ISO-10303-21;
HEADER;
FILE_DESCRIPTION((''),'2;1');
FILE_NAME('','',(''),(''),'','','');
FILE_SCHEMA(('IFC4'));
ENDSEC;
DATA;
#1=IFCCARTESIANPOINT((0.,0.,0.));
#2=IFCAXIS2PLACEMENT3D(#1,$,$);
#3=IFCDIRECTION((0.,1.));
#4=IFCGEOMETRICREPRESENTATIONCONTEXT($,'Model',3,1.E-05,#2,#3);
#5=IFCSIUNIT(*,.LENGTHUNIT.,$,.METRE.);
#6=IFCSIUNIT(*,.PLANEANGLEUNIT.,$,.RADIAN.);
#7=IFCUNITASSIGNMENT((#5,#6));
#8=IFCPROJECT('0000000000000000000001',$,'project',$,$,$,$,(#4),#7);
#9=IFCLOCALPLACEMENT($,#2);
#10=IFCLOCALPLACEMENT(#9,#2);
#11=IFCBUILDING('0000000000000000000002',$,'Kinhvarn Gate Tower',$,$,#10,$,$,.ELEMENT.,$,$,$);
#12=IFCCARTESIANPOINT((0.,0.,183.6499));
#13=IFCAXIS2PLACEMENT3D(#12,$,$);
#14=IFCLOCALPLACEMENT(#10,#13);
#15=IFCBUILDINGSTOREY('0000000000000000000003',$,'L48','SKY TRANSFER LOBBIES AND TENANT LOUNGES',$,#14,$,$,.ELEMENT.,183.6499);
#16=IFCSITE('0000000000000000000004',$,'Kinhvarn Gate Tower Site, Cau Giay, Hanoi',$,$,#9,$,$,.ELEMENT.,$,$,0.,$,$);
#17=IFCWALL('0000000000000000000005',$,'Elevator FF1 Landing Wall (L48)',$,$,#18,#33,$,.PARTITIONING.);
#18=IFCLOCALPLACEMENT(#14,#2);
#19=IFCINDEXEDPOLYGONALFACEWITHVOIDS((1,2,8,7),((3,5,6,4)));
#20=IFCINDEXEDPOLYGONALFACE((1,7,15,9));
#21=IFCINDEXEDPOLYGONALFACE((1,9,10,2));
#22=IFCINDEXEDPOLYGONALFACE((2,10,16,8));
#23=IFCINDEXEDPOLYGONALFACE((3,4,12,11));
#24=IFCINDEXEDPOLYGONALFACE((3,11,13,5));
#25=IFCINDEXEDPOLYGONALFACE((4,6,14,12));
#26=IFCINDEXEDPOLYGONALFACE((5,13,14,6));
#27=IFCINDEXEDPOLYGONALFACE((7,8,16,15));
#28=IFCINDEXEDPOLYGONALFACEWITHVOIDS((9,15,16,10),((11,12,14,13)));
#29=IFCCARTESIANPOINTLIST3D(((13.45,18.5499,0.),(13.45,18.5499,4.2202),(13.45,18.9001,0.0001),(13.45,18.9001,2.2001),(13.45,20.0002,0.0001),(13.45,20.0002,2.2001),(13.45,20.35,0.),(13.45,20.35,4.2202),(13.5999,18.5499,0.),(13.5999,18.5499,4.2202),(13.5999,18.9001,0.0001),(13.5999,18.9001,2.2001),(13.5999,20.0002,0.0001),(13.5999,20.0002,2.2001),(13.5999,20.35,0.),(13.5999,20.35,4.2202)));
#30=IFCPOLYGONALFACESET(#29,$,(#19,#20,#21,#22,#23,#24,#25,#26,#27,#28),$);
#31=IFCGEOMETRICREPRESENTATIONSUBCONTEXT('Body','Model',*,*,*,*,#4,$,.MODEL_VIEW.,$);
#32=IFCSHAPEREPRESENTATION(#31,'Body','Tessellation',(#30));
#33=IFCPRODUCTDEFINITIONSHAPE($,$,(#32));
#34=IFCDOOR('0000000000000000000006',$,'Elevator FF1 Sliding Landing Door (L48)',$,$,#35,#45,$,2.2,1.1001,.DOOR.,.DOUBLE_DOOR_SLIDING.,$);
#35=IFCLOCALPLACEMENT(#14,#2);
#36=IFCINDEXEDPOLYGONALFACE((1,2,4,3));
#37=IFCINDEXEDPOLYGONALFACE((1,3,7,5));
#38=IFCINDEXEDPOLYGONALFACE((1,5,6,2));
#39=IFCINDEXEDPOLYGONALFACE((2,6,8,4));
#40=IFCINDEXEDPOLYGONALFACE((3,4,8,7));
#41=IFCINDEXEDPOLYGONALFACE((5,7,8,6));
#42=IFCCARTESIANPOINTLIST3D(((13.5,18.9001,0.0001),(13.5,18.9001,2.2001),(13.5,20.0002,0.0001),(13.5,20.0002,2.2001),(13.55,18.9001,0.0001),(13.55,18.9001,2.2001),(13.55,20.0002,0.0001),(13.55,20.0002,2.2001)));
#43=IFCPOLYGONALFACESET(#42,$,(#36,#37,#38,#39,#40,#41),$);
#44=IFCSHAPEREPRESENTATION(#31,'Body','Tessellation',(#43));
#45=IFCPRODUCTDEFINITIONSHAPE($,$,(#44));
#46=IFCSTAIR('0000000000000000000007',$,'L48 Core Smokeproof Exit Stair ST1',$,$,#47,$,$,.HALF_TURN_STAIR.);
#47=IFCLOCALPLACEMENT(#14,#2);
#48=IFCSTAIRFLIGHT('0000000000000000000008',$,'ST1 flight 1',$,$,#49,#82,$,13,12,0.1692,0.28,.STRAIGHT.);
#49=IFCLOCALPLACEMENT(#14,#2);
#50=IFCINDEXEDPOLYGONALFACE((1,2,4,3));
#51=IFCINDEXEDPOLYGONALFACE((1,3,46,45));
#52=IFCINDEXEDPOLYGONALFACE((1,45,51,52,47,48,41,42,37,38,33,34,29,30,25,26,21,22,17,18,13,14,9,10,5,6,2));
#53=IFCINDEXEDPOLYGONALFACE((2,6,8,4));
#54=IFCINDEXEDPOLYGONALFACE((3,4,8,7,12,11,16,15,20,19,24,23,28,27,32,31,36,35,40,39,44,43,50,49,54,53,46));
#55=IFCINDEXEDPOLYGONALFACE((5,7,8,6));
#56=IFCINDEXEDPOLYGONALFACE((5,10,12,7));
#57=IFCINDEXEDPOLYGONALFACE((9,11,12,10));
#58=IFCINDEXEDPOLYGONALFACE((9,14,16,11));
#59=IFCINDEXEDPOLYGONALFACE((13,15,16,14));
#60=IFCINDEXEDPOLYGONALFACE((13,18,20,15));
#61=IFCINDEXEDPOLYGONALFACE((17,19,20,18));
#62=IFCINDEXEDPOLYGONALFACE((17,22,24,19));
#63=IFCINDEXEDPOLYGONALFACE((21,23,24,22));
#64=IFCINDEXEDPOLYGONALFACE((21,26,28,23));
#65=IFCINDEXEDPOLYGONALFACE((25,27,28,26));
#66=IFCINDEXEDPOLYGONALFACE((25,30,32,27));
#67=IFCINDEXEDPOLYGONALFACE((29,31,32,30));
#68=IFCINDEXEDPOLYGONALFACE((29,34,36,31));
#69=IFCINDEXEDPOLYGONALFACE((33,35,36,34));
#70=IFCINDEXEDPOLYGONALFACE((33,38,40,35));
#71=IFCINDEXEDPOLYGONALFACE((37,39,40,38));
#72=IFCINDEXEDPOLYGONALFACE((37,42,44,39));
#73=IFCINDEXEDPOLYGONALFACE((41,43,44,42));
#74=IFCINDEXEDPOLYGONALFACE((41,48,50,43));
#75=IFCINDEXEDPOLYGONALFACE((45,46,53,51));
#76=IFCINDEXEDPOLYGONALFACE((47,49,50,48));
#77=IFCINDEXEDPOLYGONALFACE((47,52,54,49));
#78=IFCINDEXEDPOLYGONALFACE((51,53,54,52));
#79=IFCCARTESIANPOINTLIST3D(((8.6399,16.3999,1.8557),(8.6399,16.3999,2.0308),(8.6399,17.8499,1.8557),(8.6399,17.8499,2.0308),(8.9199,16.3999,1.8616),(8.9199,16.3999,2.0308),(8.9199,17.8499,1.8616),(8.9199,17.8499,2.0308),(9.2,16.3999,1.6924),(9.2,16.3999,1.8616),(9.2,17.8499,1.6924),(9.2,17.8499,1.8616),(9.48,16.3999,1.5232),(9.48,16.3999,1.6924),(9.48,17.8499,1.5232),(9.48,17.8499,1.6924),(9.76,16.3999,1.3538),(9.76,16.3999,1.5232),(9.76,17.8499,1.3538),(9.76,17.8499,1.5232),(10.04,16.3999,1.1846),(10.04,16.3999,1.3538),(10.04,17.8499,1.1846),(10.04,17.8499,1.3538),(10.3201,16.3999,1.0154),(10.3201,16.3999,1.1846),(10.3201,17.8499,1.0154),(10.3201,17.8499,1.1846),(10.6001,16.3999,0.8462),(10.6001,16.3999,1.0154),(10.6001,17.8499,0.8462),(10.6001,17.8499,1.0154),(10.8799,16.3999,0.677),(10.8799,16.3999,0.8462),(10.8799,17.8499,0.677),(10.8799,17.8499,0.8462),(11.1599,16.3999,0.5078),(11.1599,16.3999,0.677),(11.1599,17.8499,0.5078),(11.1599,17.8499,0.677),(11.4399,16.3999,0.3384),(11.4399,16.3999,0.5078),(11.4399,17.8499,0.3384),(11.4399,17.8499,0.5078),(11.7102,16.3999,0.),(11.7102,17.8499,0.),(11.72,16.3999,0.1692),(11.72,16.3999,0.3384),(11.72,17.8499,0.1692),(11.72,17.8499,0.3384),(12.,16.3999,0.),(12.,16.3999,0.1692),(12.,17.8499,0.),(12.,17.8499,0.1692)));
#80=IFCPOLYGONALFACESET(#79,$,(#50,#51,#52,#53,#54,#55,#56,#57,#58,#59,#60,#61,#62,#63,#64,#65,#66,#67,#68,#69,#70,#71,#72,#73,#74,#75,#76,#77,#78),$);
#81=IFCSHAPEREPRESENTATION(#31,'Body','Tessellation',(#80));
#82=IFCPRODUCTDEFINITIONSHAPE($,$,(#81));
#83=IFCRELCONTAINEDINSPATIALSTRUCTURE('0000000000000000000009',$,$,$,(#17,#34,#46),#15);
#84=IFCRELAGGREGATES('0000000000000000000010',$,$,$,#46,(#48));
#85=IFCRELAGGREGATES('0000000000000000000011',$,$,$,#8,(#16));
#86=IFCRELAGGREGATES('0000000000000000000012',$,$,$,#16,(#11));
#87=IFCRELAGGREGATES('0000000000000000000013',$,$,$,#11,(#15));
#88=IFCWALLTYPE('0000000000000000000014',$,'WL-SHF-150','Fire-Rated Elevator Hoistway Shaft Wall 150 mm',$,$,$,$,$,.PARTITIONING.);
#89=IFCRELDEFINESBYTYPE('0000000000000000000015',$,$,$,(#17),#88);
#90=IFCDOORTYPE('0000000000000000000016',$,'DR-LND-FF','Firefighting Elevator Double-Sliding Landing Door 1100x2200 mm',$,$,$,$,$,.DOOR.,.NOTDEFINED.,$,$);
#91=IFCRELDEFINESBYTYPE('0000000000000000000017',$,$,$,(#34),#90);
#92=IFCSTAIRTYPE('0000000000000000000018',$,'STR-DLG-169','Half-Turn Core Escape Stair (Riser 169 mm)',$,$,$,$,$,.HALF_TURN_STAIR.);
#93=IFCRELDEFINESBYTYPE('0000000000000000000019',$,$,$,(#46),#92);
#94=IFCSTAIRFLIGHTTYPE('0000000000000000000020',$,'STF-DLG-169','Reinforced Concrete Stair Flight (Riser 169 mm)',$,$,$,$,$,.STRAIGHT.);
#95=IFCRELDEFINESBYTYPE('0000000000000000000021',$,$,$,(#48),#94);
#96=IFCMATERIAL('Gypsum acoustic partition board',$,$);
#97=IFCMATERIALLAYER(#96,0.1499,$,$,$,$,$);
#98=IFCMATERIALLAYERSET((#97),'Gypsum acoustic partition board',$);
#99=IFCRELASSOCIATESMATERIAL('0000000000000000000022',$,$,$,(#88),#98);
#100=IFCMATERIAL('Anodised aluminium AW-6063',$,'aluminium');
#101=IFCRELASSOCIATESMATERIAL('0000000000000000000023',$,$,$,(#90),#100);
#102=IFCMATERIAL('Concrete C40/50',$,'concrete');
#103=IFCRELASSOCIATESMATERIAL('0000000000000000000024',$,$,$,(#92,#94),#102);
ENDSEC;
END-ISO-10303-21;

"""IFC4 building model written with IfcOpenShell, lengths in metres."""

from ifc_helpers import new_model, si_unit, direction, frame, frame_2d, origin, place, context, subcontext, project, spatial, polyline, rectangle, outline, extrude, material, layer, layer_set, type_object, element, fill, aggregate, save


model = new_model("IFC4")

# Units and contexts
model_context = context("Model", 3, precision=1e-05, world=origin(), true_north=direction((0.0, 1.0)))
body_context = subcontext(model_context, "Body", "Model", "MODEL_VIEW")
ifc_project = project(units=[si_unit("LENGTHUNIT", "METRE"), si_unit("PLANEANGLEUNIT", "RADIAN")], contexts=[model_context])

# Site, building, storey
site_placement = place(None, origin())
site = spatial("IfcSite", under=ifc_project, at=site_placement, Name="Kinhvarn Gate Tower Site, Cau Giay, Hanoi", CompositionType="ELEMENT", RefElevation=0.0)
building_placement = place(site_placement, origin())
building = spatial("IfcBuilding", under=site, at=building_placement, Name="Kinhvarn Gate Tower", CompositionType="ELEMENT")
storey_placement = place(building_placement, frame((0.0, 0.0, 183.6499)))
storey = spatial("IfcBuildingStorey", under=building, at=storey_placement, Name="L48", Description="SKY TRANSFER LOBBIES AND TENANT LOUNGES", CompositionType="ELEMENT", Elevation=183.6499)

# Shared definitions
ifc_material_1 = material(Name="Anodised aluminium AW-6063", Category="aluminium")

# Shared definitions
ifc_material_2 = material(Name="Gypsum acoustic partition board")

# Wall, opening, door
ifc_layer_1 = layer(ifc_material_2, 0.1499)
ifc_layer_set_1 = layer_set([ifc_layer_1], Name="Gypsum acoustic partition board")
wall_type_1 = type_object("IfcWallType", Name="WL-SHF-150", Description="Fire-Rated Elevator Hoistway Shaft Wall 150 mm", PredefinedType="PARTITIONING", material=ifc_layer_set_1)
wall_1_placement = place(storey_placement, frame((13.5249, 18.55, 0.0), z_axis=(0.0, 0.0, 1.0), x_axis=(0.0, 1.0, 0.0)))
wall_1 = element("IfcWall", 1, at=wall_1_placement, inside=storey, type_object=wall_type_1, Name="Elevator FF1 Landing Wall (L48)", PredefinedType="PARTITIONING", context=body_context, shape_type="SweptSolid", body=[
    extrude(rectangle(XDim=1.8, YDim=0.1499, at=frame_2d((0.8999, 0.0))), origin(), (0.0, 0.0, 1.0), 4.2202),
])
opening_1_placement = place(wall_1_placement, frame((0.3501, 0.0, 0.0)))
opening_1 = element("IfcOpeningElement", 2, at=opening_1_placement, cuts=wall_1, PredefinedType="OPENING", context=body_context, shape_type="SweptSolid", body=[
    extrude(rectangle(XDim=1.1001, YDim=2.2, at=frame_2d((0.55, 1.1001))), frame((0.0, 0.085, 0.0), z_axis=(0.0, -1.0, 0.0), x_axis=(1.0, 0.0, 0.0)), (0.0, 0.0, 1.0), 0.1699),
])
door_type_1 = type_object("IfcDoorType", Name="DR-LND-FF", Description="Firefighting Elevator Double-Sliding Landing Door 1100x2200 mm", OperationType="NOTDEFINED", PredefinedType="DOOR", material=ifc_material_1)
door_1_placement = place(opening_1_placement, origin())
door_1 = element("IfcDoor", 3, at=door_1_placement, inside=storey, type_object=door_type_1, Name="Elevator FF1 Sliding Landing Door (L48)", OperationType="DOUBLE_DOOR_SLIDING", OverallHeight=2.2, OverallWidth=1.1001, PredefinedType="DOOR", context=body_context, shape_type="SweptSolid", body=[
    extrude(rectangle(XDim=1.1001, YDim=2.2, at=frame_2d((0.55, 1.1001))), frame((0.0, 0.0249, 0.0), z_axis=(0.0, -1.0, 0.0), x_axis=(1.0, 0.0, 0.0)), (0.0, 0.0, 1.0), 0.05),
])
fill(opening_1, door_1)
ifc_material_3 = material(Name="Concrete C40/50", Category="concrete")

# Stair, stair flight
stair_type = type_object("IfcStairType", Name="STR-DLG-169", Description="Half-Turn Core Escape Stair (Riser 169 mm)", PredefinedType="HALF_TURN_STAIR", material=ifc_material_3)
stair_placement = place(storey_placement, origin())
stair = element("IfcStair", 4, at=stair_placement, inside=storey, type_object=stair_type, Name="L48 Core Smokeproof Exit Stair ST1", PredefinedType="HALF_TURN_STAIR")
stair_flight_type = type_object("IfcStairFlightType", Name="STF-DLG-169", Description="Reinforced Concrete Stair Flight (Riser 169 mm)", PredefinedType="STRAIGHT", material=ifc_material_3)
stair_flight_placement = place(storey_placement, frame((12.0, 17.125, 0.0), z_axis=(0.0, 0.0, 1.0), x_axis=(-1.0, 0.0, 0.0)))
stair_flight = element("IfcStairFlight", 5, at=stair_flight_placement, type_object=stair_flight_type, Name="ST1 flight 1", NumberOfRisers=13, NumberOfTreads=12, PredefinedType="STRAIGHT", RiserHeight=0.1692, TreadLength=0.28, context=body_context, shape_type="SweptSolid", body=[
    extrude(outline(polyline([(0.0, 0.0), (0.0, 0.1692), (0.28, 0.1692), (0.28, 0.3384), (0.5601, 0.3384), (0.5601, 0.5078), (0.8401, 0.5078), (0.8401, 0.677), (1.1201, 0.677), (1.1201, 0.8462), (1.3999, 0.8462), (1.3999, 1.0154), (1.6799, 1.0154), (1.6799, 1.1846), (1.96, 1.1846), (1.96, 1.3538), (2.24, 1.3538), (2.24, 1.5232), (2.52, 1.5232), (2.52, 1.6924), (2.8, 1.6924), (2.8, 1.8616), (3.0801, 1.8616), (3.0801, 2.0308), (3.3601, 2.0308), (3.3601, 2.2), (3.3601, 1.8557), (0.2898, 0.0), (0.0, 0.0)])), frame((0.0, 0.7251, 0.0), z_axis=(0.0, -1.0, 0.0), x_axis=(1.0, 0.0, 0.0)), (0.0, 0.0, 1.0), 1.45),
])
aggregate(stair, [stair_flight])

save(model, "model.ifc")
